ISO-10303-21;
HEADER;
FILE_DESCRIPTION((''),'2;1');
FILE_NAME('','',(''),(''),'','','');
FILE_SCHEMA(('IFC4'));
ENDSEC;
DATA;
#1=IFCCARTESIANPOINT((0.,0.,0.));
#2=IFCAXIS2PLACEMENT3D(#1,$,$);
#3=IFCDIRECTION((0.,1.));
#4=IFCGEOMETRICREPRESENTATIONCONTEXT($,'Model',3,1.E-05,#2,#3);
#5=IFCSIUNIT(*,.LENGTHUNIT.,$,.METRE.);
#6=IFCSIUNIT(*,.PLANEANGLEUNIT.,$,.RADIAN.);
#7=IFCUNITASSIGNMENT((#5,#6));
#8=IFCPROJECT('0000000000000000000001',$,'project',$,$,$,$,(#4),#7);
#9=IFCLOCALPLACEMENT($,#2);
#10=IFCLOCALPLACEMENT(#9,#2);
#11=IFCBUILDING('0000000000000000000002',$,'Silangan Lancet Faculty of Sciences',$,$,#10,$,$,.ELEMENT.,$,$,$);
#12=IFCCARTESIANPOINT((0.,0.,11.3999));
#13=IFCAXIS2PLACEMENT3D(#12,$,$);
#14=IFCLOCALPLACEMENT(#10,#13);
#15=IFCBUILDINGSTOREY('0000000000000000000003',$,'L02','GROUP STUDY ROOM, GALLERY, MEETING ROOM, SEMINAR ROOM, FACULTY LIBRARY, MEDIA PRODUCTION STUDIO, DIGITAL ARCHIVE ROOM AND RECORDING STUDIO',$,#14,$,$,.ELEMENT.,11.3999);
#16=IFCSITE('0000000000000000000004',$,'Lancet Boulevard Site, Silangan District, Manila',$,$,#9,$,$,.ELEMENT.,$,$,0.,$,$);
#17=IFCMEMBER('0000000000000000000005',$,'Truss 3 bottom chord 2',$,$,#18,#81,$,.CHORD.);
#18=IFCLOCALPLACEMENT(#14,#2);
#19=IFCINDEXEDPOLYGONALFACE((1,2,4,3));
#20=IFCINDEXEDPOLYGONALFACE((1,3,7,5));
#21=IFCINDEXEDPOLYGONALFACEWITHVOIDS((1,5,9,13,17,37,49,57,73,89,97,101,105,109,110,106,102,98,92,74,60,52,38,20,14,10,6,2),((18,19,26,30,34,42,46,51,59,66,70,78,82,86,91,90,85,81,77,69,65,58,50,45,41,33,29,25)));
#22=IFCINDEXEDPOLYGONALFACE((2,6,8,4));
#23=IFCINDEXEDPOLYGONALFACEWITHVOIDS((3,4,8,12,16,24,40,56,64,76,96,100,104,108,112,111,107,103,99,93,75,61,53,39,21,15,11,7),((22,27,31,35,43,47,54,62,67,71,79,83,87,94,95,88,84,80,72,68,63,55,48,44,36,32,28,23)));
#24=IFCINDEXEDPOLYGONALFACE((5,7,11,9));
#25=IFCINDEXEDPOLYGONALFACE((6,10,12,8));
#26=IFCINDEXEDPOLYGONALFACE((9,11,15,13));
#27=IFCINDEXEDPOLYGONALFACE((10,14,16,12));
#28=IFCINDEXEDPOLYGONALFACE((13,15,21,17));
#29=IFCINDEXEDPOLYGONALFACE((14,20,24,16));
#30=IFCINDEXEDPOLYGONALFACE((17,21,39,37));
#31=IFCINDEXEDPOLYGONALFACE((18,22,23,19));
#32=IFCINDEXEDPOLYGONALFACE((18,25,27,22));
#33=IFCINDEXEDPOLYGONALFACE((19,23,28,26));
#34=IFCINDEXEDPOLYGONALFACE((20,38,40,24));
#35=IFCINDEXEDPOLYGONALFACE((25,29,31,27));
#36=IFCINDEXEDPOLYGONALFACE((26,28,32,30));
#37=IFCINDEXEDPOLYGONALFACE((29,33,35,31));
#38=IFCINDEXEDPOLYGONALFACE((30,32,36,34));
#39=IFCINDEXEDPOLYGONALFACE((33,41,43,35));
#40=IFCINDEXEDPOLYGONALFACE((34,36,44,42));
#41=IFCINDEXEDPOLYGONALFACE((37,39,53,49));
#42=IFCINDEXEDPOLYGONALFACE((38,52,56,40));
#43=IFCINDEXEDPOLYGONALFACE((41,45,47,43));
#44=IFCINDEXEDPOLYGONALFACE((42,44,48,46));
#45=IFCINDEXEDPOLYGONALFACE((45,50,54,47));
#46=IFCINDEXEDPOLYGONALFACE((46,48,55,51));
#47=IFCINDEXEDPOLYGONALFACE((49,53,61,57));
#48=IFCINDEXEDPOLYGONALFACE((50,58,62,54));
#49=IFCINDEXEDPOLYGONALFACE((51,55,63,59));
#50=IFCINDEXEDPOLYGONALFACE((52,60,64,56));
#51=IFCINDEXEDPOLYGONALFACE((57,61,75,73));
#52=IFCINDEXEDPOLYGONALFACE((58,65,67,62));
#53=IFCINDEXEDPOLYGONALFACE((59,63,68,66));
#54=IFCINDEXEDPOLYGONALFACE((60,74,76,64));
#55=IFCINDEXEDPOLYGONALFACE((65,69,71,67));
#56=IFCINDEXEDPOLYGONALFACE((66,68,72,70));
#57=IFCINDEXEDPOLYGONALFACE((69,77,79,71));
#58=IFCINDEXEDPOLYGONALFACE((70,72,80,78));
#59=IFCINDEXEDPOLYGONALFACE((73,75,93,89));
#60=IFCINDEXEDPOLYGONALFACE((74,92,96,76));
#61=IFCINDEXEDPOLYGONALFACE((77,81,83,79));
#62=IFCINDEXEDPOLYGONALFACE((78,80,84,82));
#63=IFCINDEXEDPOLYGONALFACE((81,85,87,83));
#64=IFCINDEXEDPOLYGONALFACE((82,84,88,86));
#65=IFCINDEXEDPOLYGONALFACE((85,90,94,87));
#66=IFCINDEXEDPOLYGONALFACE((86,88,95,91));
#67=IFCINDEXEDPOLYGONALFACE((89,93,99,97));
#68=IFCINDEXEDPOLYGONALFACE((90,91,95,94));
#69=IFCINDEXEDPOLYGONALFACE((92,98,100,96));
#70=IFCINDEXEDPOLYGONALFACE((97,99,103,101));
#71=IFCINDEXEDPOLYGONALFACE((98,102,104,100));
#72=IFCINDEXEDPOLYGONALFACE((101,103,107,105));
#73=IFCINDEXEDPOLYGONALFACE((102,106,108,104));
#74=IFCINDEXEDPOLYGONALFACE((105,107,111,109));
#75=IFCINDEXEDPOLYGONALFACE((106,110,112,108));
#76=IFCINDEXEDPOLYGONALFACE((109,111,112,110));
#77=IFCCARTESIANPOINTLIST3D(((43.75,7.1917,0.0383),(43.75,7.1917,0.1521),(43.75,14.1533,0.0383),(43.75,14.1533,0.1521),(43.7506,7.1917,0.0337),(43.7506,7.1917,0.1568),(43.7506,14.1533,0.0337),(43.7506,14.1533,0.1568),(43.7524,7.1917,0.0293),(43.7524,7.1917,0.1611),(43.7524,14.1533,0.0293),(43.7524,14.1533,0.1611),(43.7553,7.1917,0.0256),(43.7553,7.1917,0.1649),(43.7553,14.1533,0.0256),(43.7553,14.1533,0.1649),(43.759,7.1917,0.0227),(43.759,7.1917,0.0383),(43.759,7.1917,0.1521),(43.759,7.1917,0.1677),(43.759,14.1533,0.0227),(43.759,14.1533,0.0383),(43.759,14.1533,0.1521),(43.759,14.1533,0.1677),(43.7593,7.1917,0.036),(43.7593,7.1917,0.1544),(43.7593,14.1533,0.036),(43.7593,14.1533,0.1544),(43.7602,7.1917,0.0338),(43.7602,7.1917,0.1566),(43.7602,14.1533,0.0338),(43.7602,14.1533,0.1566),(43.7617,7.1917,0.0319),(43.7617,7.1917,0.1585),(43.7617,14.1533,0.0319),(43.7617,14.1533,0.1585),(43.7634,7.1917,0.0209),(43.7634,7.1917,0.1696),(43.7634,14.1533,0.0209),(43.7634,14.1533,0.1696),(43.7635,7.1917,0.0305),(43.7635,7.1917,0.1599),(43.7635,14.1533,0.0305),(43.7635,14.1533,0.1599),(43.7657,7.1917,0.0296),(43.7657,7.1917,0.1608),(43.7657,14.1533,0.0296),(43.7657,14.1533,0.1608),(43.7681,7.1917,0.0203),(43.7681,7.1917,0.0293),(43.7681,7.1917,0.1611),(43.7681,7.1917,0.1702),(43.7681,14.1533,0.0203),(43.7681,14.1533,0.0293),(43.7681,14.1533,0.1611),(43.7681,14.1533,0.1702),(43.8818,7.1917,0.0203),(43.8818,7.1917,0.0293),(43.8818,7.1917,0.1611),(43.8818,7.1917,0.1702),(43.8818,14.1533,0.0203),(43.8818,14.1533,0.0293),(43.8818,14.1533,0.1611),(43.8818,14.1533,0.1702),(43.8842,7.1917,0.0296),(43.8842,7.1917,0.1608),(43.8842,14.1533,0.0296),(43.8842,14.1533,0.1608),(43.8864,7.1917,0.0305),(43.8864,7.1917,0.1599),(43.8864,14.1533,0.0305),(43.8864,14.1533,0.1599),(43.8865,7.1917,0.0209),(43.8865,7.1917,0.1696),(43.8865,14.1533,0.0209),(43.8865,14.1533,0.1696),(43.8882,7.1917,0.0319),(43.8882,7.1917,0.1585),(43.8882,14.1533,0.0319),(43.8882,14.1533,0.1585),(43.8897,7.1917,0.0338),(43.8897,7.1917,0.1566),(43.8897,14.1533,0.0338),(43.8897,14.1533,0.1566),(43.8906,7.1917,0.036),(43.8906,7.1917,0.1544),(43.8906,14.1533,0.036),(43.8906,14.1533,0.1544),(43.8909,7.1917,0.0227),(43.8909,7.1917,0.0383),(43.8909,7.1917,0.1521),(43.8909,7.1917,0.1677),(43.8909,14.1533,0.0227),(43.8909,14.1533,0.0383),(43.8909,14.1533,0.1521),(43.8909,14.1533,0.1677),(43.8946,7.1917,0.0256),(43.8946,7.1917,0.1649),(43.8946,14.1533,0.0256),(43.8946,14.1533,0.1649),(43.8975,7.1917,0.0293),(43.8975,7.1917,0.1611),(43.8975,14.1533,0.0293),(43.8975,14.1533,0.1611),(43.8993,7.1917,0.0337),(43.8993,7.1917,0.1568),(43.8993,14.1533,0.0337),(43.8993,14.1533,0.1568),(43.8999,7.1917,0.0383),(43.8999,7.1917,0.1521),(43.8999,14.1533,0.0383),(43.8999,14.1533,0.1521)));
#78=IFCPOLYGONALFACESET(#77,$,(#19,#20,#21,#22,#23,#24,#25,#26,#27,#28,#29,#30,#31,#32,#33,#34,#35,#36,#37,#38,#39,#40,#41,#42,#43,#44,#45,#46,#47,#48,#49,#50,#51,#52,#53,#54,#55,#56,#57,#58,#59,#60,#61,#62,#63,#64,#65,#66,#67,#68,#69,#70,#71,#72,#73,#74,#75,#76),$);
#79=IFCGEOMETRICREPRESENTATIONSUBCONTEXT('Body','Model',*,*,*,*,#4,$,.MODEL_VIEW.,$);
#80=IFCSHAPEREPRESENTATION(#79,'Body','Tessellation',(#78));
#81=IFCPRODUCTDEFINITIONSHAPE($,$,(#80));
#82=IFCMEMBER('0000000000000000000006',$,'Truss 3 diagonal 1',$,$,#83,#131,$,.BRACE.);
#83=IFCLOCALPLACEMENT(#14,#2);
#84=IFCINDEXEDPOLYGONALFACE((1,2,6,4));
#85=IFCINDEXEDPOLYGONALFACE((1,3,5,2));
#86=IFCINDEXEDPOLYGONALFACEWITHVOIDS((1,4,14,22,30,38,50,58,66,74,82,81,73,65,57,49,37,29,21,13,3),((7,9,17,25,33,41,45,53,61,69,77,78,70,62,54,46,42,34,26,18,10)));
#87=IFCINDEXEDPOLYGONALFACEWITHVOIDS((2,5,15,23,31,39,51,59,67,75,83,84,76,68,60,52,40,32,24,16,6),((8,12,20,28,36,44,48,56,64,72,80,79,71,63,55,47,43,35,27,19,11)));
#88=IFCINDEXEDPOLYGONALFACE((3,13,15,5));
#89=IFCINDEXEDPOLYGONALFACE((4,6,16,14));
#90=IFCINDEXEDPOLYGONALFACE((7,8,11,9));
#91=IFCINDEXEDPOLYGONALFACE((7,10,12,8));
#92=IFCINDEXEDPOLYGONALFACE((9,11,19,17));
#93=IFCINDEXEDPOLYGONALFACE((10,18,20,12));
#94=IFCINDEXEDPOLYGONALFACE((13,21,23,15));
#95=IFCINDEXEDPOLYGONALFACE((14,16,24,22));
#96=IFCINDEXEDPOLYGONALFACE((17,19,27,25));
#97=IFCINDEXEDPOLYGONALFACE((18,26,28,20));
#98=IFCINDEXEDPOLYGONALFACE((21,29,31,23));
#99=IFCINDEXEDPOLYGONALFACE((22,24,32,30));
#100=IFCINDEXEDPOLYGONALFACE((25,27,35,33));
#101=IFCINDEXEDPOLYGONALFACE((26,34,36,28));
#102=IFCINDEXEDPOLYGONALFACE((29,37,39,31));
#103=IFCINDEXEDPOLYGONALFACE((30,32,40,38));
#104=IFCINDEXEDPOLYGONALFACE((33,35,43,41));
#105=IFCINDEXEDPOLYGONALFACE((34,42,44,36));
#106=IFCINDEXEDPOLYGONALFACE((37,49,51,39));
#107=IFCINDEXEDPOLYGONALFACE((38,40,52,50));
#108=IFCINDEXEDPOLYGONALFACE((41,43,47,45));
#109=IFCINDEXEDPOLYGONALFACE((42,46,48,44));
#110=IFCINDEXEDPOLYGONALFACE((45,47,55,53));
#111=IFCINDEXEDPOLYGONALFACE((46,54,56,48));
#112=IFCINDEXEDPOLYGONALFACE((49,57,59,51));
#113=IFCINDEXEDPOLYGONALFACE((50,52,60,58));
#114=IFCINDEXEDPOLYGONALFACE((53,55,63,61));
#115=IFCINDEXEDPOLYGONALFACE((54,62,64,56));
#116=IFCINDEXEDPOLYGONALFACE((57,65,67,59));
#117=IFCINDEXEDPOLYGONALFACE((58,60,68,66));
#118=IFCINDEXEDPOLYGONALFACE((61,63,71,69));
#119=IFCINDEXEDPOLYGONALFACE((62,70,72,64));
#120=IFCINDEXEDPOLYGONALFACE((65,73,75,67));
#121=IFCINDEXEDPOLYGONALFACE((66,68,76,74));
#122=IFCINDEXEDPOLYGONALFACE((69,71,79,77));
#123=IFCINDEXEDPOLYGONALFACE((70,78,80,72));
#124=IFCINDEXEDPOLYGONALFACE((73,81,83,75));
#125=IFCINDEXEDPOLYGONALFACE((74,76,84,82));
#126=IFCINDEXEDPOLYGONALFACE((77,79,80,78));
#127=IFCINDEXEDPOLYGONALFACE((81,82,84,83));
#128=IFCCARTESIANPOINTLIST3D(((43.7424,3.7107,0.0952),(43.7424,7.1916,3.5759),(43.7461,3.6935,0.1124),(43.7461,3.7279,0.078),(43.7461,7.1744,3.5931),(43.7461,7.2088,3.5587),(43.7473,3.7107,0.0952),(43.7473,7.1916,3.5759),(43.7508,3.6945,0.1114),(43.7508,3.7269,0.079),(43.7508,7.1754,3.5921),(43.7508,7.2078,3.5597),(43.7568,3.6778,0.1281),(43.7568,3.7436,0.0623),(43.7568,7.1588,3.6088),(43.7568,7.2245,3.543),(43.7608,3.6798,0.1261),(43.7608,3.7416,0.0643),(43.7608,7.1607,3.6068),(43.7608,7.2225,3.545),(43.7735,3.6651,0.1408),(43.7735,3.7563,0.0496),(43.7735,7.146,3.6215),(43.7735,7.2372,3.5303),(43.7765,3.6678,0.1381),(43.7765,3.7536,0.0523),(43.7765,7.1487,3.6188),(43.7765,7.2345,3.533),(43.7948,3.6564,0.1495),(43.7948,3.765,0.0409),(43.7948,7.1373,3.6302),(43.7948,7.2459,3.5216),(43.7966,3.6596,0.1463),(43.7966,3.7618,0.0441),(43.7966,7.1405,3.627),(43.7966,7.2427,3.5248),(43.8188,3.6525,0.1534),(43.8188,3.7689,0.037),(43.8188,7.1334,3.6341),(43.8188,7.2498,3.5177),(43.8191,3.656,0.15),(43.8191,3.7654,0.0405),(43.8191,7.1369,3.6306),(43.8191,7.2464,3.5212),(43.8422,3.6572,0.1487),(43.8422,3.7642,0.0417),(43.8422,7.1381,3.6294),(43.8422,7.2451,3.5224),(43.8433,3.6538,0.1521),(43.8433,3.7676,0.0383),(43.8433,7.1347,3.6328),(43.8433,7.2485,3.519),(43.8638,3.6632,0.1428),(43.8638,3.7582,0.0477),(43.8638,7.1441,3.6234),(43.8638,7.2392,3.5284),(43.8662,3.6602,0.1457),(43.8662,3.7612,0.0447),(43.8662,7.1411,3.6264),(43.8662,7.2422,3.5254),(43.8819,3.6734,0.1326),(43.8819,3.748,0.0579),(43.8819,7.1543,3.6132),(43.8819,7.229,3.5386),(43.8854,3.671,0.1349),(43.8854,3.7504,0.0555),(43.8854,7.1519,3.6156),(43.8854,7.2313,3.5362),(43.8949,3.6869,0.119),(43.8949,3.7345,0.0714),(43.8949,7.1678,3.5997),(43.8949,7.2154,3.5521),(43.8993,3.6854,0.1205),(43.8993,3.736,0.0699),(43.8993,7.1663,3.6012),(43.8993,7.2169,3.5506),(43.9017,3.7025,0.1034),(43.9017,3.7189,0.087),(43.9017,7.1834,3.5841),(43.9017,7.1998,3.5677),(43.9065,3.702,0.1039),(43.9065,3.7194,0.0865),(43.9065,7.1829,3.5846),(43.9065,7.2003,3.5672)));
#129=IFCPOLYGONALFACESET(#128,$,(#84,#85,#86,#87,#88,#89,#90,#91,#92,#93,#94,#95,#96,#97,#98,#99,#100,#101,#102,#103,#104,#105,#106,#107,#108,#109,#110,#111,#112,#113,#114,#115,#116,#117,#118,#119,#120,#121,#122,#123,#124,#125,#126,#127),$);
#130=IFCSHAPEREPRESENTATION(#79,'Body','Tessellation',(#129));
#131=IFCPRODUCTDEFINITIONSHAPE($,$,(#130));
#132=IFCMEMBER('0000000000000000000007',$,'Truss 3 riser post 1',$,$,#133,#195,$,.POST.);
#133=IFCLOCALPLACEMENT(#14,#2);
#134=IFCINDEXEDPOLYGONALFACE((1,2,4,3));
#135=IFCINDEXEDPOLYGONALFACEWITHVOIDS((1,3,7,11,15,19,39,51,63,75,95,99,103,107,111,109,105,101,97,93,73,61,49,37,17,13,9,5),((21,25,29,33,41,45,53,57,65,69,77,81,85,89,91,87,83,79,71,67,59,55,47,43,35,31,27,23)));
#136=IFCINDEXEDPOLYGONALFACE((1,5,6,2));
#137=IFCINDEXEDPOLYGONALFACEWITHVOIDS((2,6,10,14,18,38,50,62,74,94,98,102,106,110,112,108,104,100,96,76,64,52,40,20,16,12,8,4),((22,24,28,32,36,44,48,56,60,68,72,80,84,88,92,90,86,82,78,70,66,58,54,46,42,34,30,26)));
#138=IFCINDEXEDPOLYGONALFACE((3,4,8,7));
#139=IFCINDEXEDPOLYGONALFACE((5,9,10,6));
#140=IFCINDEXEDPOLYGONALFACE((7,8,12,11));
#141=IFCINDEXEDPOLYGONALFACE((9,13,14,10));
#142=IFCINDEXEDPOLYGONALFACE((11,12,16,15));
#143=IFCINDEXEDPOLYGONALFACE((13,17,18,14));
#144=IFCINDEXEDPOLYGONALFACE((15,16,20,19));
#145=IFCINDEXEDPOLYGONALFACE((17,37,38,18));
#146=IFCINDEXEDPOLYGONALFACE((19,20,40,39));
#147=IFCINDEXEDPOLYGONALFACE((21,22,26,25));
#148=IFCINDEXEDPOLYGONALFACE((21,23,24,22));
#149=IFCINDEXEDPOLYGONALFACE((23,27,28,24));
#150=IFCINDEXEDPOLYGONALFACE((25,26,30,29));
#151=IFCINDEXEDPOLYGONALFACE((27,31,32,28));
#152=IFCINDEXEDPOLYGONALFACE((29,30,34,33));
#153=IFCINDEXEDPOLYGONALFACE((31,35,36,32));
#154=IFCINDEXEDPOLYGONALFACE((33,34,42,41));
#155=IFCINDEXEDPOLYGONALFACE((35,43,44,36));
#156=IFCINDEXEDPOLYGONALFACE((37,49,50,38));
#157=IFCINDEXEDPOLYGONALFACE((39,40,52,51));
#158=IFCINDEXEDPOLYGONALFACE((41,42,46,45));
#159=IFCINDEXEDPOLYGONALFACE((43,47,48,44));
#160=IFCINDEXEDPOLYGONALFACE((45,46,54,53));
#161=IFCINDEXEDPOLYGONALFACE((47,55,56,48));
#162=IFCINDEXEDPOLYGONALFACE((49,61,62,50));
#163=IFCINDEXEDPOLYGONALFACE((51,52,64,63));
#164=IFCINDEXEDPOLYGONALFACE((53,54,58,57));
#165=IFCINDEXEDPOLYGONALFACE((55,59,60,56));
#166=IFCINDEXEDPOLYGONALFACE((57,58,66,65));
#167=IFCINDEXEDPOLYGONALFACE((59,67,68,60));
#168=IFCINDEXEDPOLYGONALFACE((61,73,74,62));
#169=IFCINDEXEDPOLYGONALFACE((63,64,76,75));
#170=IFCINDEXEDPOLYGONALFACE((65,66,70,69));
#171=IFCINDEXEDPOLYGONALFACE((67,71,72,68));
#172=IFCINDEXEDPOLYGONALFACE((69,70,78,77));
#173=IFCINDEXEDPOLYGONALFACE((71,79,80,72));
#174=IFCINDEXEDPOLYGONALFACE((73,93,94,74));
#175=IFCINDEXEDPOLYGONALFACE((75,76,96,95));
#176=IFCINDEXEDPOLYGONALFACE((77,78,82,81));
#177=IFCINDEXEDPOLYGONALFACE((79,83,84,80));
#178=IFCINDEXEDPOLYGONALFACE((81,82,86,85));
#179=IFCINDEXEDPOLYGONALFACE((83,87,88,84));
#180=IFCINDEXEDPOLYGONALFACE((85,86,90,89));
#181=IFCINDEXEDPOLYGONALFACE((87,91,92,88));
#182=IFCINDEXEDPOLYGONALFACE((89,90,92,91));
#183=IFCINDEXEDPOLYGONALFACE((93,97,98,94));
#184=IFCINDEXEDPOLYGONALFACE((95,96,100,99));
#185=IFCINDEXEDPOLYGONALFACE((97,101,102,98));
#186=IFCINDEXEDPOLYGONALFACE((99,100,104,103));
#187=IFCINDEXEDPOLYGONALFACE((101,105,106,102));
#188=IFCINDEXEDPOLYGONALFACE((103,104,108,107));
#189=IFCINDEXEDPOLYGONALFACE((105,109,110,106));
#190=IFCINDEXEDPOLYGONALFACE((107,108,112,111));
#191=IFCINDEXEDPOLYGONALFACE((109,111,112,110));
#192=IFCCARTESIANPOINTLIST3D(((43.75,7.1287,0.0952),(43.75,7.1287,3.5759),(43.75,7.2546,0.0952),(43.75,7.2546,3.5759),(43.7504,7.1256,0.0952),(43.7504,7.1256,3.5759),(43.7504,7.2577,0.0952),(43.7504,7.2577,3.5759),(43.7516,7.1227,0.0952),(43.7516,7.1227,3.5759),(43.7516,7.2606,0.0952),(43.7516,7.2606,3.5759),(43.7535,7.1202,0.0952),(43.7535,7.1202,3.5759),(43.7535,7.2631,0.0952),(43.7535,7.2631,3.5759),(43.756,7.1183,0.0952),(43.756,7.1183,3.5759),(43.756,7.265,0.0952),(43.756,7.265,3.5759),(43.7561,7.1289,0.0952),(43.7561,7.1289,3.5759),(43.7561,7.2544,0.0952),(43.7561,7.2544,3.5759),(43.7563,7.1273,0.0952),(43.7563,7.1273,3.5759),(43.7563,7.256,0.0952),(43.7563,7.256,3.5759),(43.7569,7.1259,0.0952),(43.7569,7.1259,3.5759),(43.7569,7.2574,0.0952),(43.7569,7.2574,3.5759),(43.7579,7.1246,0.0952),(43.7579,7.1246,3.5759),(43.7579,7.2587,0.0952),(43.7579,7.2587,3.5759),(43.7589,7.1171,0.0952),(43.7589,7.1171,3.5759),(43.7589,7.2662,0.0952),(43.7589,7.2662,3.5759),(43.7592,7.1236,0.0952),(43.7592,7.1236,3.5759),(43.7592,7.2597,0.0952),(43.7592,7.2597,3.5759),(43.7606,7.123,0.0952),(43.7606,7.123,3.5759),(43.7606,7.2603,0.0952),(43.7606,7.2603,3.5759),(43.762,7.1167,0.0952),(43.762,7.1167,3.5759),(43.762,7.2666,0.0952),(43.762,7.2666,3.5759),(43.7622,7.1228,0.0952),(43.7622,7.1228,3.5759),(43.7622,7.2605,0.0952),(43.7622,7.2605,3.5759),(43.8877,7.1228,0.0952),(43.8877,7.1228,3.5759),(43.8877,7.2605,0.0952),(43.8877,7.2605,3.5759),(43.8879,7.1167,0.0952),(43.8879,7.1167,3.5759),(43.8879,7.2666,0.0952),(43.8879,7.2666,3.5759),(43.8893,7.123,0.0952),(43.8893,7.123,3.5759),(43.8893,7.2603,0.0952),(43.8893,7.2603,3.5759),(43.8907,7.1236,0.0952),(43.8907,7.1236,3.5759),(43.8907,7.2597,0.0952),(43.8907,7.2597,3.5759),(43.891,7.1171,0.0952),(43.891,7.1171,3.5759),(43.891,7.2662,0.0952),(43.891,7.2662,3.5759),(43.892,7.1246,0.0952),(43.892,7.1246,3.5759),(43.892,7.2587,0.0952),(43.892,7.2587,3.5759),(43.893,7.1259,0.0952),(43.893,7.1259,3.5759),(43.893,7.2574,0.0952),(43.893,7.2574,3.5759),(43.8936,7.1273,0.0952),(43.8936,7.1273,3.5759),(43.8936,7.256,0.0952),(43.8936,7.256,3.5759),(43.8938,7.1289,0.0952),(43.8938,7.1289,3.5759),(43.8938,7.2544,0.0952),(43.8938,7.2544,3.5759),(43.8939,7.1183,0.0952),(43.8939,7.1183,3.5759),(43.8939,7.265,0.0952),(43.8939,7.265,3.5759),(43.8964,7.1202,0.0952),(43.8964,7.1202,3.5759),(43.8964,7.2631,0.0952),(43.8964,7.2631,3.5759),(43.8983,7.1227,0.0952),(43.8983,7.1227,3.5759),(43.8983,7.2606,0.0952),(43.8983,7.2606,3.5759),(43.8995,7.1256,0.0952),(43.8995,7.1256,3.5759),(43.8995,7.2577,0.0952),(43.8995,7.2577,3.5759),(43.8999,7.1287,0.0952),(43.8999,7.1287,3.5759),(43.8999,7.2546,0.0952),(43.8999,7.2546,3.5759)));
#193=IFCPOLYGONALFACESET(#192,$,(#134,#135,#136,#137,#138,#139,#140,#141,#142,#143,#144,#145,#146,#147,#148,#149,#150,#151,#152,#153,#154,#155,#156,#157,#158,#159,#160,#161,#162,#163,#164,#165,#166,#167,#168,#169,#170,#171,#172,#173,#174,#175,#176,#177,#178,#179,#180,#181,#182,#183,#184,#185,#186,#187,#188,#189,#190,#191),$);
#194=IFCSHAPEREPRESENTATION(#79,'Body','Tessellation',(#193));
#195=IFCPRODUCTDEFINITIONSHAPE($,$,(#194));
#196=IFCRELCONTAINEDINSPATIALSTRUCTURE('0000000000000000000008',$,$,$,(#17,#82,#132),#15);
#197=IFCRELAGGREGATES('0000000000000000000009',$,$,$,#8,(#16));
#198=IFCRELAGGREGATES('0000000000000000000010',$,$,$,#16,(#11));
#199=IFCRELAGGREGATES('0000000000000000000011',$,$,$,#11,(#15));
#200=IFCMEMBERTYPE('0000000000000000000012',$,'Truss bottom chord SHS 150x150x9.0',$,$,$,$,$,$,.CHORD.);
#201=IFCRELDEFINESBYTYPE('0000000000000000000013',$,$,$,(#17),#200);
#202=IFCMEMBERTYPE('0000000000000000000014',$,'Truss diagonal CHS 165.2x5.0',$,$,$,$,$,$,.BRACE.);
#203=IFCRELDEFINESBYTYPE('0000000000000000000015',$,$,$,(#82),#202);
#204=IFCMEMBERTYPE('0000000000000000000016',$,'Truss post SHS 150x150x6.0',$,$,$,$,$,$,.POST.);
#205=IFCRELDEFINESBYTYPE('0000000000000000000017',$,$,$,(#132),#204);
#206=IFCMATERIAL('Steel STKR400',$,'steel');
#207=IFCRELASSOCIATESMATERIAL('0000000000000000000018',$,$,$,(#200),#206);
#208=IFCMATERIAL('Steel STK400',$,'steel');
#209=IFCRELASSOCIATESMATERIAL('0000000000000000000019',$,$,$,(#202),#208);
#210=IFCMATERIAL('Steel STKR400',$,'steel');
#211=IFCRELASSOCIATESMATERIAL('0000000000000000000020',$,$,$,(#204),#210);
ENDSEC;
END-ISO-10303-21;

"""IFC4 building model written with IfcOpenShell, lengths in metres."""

from ifc_helpers import new_model, si_unit, direction, frame, origin, origin_2d, place, context, subcontext, project, spatial, hollow_rectangle, hollow_circle, extrude, material, material_profile, profile_set, type_object, element, save


model = new_model("IFC4")

# Units and contexts
model_context = context("Model", 3, precision=1e-05, world=origin(), true_north=direction((0.0, 1.0)))
body_context = subcontext(model_context, "Body", "Model", "MODEL_VIEW")
ifc_project = project(units=[si_unit("LENGTHUNIT", "METRE"), si_unit("PLANEANGLEUNIT", "RADIAN")], contexts=[model_context])

# Site, building, storey
site_placement = place(None, origin())
site = spatial("IfcSite", under=ifc_project, at=site_placement, Name="Lancet Boulevard Site, Silangan District, Manila", CompositionType="ELEMENT", RefElevation=0.0)
building_placement = place(site_placement, origin())
building = spatial("IfcBuilding", under=site, at=building_placement, Name="Silangan Lancet Faculty of Sciences", CompositionType="ELEMENT")
storey_placement = place(building_placement, frame((0.0, 0.0, 11.3999)))
storey = spatial("IfcBuildingStorey", under=building, at=storey_placement, Name="L02", Description="GROUP STUDY ROOM, GALLERY, MEETING ROOM, SEMINAR ROOM, FACULTY LIBRARY, MEDIA PRODUCTION STUDIO, DIGITAL ARCHIVE ROOM AND RECORDING STUDIO", CompositionType="ELEMENT", Elevation=11.3999)

# Members
ifc_material_1 = material(Name="Steel STKR400", Category="steel")
ifc_material_profile_1 = material_profile(ifc_material_1, hollow_rectangle(XDim=0.1499, YDim=0.1499, WallThickness=0.009, InnerFilletRadius=0.009, OuterFilletRadius=0.0181, at=origin_2d()), Name="SHS 150x150x9.0")
ifc_profile_set_1 = profile_set([ifc_material_profile_1], Name="Steel STKR400")
member_type_1 = type_object("IfcMemberType", Name="Truss bottom chord SHS 150x150x9.0", PredefinedType="CHORD", material=ifc_profile_set_1)
for number, where, z_axis, x_axis, name in (
    (1, (43.825, 7.1917, 0.0952), (0.0, 1.0, 0.0), (-1.0, 0.0, 0.0), "Truss 3 bottom chord 2"),
):
    element("IfcMember", number, at=place(storey_placement, frame(where, z_axis=z_axis, x_axis=x_axis)), inside=storey, type_object=member_type_1, Name=name, PredefinedType="CHORD", context=body_context, shape_type="SweptSolid", body=[
        extrude(hollow_rectangle(XDim=0.1499, YDim=0.1499, WallThickness=0.009, InnerFilletRadius=0.009, OuterFilletRadius=0.0181, at=origin_2d()), origin(), (0.0, 0.0, 1.0), 6.9617),
    ])
ifc_material_2 = material(Name="Steel STK400", Category="steel")
ifc_material_profile_2 = material_profile(ifc_material_2, hollow_circle(Radius=0.0825, WallThickness=0.0049, at=origin_2d()), Name="CHS 165.2x5.0")
ifc_profile_set_2 = profile_set([ifc_material_profile_2], Name="Steel STK400")
member_type_2 = type_object("IfcMemberType", Name="Truss diagonal CHS 165.2x5.0", PredefinedType="BRACE", material=ifc_profile_set_2)
member_1_placement = place(storey_placement, frame((43.825, 3.7107, 0.0952), z_axis=(0.0, 0.707132, 0.707082), x_axis=(-1.0, 0.0, 0.0)))
element("IfcMember", 2, at=member_1_placement, inside=storey, type_object=member_type_2, Name="Truss 3 diagonal 1", PredefinedType="BRACE", context=body_context, shape_type="SweptSolid", body=[
    extrude(hollow_circle(Radius=0.0825, WallThickness=0.0049, at=origin_2d()), origin(), (0.0, 0.0, 1.0), 4.9226),
])
ifc_material_3 = material(Name="Steel STKR400", Category="steel")
ifc_material_profile_3 = material_profile(ifc_material_3, hollow_rectangle(XDim=0.1499, YDim=0.1499, WallThickness=0.0061, InnerFilletRadius=0.0061, OuterFilletRadius=0.012, at=origin_2d()), Name="SHS 150x150x6.0")
ifc_profile_set_3 = profile_set([ifc_material_profile_3], Name="Steel STKR400")
member_type_3 = type_object("IfcMemberType", Name="Truss post SHS 150x150x6.0", PredefinedType="POST", material=ifc_profile_set_3)
member_2_placement = place(storey_placement, frame((43.825, 7.1917, 0.0952), z_axis=(0.0, 0.0, 1.0), x_axis=(1.0, 0.0, 0.0)))
element("IfcMember", 3, at=member_2_placement, inside=storey, type_object=member_type_3, Name="Truss 3 riser post 1", PredefinedType="POST", context=body_context, shape_type="SweptSolid", body=[
    extrude(hollow_rectangle(XDim=0.1499, YDim=0.1499, WallThickness=0.0061, InnerFilletRadius=0.0061, OuterFilletRadius=0.012, at=origin_2d()), origin(), (0.0, 0.0, 1.0), 3.4807),
])

save(model, "model.ifc")
